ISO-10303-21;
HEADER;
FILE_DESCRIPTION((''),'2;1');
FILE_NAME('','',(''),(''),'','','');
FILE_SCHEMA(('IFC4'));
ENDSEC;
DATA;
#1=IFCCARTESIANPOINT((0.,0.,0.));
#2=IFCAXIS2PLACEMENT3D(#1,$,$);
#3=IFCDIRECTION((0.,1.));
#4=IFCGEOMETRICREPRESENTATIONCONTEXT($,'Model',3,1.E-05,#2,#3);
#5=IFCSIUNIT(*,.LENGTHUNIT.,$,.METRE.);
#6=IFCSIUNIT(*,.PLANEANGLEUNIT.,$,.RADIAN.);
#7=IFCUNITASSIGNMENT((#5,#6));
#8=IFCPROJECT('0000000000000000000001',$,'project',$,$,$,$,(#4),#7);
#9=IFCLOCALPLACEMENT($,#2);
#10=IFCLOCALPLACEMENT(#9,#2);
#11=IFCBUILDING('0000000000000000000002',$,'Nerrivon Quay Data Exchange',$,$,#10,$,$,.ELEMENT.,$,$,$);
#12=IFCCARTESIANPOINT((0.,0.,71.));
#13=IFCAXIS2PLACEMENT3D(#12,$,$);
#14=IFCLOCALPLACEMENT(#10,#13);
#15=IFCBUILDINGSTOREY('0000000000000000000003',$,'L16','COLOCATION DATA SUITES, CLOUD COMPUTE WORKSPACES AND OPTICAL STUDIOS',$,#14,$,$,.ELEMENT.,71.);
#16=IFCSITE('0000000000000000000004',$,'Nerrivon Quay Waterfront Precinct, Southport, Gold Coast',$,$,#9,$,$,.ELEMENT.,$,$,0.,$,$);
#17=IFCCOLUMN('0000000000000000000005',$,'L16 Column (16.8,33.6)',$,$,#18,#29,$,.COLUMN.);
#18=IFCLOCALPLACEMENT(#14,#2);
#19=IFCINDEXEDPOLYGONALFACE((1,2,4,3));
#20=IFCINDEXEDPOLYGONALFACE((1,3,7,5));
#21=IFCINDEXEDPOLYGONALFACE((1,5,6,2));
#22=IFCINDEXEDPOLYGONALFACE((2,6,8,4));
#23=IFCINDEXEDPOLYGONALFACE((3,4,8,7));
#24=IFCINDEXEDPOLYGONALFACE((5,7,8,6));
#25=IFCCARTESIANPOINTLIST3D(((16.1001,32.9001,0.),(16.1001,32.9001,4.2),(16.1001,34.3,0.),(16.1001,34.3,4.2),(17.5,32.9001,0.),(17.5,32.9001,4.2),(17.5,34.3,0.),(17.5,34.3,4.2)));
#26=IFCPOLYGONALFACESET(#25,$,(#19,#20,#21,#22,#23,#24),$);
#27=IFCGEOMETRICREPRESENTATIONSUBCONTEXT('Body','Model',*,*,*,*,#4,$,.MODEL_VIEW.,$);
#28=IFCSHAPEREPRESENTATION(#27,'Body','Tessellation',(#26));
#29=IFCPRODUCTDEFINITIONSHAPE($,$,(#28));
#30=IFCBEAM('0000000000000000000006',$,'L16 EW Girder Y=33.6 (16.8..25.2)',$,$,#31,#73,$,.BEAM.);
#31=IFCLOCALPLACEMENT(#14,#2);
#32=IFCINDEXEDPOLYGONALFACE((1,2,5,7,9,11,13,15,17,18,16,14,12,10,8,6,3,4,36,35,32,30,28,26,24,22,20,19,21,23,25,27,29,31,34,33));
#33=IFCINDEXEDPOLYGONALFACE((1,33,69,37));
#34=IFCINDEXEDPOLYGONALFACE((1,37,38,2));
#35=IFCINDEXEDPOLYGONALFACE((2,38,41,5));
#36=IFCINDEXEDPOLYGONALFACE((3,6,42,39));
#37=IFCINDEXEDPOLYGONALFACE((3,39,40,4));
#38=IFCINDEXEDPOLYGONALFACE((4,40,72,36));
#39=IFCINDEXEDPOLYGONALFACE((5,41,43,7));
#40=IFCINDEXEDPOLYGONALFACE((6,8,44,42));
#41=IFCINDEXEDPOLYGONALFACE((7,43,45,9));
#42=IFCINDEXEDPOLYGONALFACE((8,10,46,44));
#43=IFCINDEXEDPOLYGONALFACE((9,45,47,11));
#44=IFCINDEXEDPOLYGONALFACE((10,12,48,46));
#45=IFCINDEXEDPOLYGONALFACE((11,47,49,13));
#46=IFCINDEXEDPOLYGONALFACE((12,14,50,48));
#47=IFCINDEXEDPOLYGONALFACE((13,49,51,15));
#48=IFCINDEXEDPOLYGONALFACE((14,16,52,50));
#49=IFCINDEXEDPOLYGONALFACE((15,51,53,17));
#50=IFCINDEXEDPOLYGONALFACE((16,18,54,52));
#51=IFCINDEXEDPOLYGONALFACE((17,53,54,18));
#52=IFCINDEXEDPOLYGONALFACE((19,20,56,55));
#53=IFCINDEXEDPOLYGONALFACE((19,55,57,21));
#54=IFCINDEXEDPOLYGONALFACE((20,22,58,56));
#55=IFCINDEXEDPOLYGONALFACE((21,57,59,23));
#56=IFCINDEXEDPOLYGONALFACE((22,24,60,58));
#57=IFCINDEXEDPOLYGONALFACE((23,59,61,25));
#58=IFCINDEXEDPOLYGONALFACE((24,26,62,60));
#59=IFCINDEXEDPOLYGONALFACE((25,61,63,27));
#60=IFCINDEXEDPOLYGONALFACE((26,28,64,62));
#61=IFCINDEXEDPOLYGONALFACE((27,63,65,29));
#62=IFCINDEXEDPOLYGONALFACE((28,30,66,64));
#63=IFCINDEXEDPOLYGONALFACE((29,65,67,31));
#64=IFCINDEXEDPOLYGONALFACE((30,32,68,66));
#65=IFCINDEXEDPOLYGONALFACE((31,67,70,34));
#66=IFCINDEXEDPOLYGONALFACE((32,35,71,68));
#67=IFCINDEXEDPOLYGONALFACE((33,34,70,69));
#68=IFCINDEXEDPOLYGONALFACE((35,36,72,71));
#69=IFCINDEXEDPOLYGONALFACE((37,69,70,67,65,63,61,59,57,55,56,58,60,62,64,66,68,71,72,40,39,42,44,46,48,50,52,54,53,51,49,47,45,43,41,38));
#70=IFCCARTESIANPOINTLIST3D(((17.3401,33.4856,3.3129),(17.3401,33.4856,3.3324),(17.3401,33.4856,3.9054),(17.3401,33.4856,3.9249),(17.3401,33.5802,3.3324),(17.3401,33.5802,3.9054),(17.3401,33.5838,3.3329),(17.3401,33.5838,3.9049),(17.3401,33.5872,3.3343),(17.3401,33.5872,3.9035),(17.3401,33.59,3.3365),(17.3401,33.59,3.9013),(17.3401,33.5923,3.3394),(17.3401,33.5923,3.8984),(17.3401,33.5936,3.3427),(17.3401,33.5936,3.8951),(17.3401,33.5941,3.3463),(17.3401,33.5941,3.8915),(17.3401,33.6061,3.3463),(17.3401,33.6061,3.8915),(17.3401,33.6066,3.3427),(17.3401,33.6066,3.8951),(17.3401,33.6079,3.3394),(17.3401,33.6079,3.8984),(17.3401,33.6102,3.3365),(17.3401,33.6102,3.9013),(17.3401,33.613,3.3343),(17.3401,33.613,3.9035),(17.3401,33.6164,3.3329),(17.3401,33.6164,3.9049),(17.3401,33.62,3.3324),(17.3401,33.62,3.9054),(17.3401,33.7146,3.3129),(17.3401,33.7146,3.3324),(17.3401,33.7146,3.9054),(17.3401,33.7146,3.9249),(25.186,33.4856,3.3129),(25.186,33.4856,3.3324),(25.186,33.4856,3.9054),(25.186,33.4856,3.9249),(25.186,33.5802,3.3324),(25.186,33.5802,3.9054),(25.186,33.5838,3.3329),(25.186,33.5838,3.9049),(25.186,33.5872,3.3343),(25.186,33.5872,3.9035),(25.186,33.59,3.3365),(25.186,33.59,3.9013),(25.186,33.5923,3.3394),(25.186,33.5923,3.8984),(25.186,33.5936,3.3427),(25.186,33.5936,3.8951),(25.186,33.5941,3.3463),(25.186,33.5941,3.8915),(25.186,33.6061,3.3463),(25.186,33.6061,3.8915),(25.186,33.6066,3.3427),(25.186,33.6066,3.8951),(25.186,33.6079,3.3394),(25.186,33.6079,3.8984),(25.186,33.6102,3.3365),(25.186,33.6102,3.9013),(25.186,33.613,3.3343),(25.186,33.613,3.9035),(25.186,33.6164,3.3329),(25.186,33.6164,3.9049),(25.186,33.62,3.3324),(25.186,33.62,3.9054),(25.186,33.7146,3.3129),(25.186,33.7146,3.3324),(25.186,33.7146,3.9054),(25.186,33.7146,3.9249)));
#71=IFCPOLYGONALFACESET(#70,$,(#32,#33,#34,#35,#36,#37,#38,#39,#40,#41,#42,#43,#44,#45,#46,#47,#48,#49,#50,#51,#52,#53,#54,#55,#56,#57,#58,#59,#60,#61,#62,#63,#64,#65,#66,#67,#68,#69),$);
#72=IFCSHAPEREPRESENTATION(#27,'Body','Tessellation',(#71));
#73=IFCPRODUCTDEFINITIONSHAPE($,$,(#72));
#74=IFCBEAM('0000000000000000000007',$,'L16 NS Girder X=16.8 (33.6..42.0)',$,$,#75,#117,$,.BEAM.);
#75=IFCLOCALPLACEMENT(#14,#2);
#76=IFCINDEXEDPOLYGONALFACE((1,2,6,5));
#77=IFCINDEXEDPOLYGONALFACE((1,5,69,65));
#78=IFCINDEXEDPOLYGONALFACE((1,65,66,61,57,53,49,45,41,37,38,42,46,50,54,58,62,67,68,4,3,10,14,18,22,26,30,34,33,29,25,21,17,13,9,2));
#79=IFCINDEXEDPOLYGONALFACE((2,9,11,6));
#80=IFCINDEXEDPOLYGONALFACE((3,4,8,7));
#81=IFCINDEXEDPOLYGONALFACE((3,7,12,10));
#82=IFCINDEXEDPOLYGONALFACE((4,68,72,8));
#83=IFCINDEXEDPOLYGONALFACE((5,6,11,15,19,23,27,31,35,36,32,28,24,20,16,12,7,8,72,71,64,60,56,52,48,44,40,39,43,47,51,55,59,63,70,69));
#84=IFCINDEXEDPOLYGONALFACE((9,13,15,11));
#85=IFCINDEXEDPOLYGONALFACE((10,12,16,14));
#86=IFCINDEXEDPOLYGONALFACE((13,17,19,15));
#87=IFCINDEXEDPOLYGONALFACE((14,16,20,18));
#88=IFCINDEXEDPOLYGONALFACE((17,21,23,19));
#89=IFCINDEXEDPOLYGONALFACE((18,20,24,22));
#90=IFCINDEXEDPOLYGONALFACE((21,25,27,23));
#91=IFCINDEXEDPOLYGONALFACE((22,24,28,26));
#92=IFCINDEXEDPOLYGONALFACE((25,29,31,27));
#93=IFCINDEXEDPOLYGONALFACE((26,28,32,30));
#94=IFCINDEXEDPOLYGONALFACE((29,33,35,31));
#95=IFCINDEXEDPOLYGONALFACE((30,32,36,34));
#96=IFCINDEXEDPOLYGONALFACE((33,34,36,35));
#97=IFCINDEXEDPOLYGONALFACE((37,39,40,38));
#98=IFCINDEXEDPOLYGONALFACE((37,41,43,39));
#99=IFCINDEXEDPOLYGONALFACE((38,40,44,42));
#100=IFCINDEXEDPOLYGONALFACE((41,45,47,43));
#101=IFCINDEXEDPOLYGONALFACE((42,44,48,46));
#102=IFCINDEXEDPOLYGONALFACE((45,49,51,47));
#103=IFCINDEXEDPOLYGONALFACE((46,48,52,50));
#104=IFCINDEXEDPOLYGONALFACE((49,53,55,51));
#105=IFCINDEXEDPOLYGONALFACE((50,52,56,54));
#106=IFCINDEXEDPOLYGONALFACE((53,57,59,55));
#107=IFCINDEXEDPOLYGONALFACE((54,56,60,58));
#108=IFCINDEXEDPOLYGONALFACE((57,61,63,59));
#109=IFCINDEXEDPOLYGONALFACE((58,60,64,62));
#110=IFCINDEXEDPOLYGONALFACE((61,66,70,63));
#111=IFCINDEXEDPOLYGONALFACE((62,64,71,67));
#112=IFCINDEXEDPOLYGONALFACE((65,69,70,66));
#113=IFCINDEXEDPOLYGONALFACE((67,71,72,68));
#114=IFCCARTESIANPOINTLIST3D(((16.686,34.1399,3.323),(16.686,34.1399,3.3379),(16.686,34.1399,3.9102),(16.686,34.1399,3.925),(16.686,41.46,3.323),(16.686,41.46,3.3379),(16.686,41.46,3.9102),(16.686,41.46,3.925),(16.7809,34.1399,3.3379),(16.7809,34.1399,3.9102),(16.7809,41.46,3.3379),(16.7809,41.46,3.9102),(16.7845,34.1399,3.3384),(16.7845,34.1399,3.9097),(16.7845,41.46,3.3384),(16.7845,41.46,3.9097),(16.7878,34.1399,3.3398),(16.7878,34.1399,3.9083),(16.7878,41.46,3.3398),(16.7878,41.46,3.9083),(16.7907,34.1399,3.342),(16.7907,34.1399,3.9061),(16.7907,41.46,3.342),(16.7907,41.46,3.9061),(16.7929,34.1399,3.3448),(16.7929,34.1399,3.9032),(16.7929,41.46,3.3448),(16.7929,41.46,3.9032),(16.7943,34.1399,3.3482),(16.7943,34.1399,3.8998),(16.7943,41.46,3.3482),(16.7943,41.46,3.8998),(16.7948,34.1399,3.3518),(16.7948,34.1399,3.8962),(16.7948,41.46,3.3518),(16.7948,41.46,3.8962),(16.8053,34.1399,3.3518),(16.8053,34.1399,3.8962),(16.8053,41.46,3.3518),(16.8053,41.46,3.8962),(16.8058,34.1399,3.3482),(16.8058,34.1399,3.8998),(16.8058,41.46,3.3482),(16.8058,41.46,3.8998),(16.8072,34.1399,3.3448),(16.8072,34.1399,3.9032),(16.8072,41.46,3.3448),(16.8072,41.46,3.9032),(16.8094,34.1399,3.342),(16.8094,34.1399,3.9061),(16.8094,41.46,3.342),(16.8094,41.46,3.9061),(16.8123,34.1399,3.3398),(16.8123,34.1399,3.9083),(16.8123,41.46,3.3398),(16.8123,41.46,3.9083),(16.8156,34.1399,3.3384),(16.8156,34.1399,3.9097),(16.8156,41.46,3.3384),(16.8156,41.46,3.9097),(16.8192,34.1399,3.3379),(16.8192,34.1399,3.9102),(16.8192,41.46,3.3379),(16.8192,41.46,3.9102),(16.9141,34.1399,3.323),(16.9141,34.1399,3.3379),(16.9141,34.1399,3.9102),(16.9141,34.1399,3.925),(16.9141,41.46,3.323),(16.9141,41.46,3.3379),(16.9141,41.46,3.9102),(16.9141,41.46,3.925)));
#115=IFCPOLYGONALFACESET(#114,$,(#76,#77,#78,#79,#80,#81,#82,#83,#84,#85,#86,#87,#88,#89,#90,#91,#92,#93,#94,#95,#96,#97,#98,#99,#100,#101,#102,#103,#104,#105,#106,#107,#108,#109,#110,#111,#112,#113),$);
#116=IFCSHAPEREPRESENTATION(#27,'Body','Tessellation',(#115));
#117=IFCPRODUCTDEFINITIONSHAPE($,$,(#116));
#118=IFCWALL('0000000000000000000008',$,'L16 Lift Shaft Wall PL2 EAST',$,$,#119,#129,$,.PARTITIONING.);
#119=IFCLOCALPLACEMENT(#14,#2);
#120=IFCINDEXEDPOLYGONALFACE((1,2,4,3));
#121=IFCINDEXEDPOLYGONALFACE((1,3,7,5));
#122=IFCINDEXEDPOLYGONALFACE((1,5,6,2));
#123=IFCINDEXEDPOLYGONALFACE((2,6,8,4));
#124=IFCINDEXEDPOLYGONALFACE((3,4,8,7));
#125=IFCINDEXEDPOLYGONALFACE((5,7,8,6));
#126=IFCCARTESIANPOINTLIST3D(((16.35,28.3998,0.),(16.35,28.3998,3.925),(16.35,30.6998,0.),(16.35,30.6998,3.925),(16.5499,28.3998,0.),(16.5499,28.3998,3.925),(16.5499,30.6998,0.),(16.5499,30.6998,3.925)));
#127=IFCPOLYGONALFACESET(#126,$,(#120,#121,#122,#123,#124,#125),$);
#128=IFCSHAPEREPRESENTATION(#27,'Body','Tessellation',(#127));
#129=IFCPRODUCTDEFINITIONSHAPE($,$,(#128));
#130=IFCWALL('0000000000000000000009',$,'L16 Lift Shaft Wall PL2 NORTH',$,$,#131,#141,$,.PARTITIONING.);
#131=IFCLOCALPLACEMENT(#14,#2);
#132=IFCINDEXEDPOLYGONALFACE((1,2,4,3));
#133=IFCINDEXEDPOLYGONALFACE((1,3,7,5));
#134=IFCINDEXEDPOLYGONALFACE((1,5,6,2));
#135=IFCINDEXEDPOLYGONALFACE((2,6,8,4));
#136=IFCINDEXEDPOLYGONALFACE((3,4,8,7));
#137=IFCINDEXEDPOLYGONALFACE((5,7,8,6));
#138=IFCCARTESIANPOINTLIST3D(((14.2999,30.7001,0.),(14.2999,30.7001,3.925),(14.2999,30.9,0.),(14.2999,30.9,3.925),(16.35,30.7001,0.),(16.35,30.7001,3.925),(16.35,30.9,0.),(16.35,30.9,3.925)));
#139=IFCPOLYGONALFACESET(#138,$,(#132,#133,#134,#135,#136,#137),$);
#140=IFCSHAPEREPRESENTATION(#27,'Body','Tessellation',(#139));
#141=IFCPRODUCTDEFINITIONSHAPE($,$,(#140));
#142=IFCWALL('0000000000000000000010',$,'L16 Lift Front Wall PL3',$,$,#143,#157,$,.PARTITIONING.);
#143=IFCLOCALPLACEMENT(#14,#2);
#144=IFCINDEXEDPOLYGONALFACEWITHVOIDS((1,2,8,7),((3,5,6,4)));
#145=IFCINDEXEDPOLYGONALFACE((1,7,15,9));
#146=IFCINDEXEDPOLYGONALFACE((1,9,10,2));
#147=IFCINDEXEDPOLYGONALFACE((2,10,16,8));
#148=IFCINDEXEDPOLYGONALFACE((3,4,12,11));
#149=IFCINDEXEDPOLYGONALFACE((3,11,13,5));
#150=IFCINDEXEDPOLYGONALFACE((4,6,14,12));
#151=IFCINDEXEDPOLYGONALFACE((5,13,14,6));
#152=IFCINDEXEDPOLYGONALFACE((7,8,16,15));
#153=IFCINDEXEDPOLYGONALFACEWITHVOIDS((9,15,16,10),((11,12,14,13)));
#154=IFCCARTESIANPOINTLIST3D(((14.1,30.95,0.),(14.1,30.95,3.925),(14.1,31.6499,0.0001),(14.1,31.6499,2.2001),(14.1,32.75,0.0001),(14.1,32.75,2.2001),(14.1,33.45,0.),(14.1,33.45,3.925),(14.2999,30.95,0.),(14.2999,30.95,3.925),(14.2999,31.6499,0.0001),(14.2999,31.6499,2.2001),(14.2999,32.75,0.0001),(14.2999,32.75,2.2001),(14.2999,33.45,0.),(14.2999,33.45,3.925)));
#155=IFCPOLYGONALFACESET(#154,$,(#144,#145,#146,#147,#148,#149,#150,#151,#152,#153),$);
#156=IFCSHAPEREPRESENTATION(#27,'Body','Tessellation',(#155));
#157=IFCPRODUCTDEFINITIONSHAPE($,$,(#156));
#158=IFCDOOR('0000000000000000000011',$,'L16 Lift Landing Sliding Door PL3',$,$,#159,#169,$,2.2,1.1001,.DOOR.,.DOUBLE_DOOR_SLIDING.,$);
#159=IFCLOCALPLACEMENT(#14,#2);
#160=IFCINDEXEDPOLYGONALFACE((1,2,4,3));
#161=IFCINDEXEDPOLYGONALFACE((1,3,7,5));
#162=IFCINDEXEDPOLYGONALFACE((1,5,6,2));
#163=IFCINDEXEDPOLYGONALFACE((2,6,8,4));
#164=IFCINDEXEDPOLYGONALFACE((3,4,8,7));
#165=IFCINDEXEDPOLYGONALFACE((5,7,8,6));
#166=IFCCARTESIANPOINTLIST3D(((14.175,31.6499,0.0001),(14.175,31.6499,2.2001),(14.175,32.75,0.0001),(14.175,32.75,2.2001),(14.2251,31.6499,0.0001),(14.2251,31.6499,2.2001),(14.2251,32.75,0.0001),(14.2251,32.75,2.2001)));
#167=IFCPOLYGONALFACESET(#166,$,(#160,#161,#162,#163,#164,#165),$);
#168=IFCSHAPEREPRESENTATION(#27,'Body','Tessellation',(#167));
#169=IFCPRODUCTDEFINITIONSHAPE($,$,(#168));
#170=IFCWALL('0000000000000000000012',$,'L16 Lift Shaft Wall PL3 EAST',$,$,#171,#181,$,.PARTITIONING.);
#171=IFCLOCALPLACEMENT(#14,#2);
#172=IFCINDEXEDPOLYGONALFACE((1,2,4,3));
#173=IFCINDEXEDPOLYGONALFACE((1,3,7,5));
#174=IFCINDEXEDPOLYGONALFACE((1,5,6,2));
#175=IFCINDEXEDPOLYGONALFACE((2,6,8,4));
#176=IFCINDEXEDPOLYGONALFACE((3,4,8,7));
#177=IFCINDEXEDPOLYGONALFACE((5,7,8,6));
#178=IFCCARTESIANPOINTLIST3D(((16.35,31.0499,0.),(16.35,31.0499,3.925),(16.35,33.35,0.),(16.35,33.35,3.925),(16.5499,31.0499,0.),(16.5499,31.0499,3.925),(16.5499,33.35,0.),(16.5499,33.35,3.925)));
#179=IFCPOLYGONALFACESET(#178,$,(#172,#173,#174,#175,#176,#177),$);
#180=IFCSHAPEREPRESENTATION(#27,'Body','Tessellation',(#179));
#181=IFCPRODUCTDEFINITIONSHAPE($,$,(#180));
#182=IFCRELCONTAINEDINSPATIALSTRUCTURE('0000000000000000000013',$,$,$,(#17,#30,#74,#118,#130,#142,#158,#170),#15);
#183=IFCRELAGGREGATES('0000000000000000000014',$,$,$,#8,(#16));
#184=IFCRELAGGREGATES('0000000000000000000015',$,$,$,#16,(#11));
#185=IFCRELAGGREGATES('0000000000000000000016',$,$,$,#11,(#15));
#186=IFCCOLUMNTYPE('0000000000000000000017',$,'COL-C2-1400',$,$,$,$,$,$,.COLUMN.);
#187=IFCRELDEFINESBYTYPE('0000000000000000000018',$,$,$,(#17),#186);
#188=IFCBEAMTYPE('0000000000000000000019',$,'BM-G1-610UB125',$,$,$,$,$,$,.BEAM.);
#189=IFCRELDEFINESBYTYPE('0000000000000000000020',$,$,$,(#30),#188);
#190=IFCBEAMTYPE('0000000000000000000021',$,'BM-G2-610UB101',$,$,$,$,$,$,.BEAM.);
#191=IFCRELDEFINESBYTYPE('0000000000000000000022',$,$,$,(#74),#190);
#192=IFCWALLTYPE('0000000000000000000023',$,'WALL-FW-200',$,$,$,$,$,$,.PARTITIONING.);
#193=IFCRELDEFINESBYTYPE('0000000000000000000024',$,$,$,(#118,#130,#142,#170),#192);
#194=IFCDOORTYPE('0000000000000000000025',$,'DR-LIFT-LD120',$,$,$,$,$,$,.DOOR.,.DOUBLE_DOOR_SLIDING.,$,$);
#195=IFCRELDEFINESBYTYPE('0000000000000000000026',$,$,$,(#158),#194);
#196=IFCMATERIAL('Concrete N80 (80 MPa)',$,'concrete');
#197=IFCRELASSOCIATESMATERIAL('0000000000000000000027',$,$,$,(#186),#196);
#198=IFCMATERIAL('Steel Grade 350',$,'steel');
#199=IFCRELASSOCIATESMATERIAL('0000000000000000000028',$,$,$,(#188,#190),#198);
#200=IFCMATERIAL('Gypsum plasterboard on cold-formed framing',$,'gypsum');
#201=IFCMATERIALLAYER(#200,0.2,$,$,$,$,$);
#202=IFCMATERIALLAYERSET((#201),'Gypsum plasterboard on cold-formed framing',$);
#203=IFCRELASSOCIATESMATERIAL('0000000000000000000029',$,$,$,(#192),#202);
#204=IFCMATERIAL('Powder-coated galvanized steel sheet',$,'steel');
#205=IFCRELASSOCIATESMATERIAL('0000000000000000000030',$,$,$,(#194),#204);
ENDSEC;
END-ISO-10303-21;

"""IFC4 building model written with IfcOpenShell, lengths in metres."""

from ifc_helpers import new_model, si_unit, direction, frame, frame_2d, origin, origin_2d, place, context, subcontext, project, spatial, rectangle, i_section, extrude, material, layer, layer_set, material_profile, profile_set, type_object, element, fill, save


model = new_model("IFC4")

# Units and contexts
model_context = context("Model", 3, precision=1e-05, world=origin(), true_north=direction((0.0, 1.0)))
body_context = subcontext(model_context, "Body", "Model", "MODEL_VIEW")
ifc_project = project(units=[si_unit("LENGTHUNIT", "METRE"), si_unit("PLANEANGLEUNIT", "RADIAN")], contexts=[model_context])

# Site, building, storey
site_placement = place(None, origin())
site = spatial("IfcSite", under=ifc_project, at=site_placement, Name="Nerrivon Quay Waterfront Precinct, Southport, Gold Coast", CompositionType="ELEMENT", RefElevation=0.0)
building_placement = place(site_placement, origin())
building = spatial("IfcBuilding", under=site, at=building_placement, Name="Nerrivon Quay Data Exchange", CompositionType="ELEMENT")
storey_placement = place(building_placement, frame((0.0, 0.0, 71.0)))
storey = spatial("IfcBuildingStorey", under=building, at=storey_placement, Name="L16", Description="COLOCATION DATA SUITES, CLOUD COMPUTE WORKSPACES AND OPTICAL STUDIOS", CompositionType="ELEMENT", Elevation=71.0)

# Column
ifc_material_1 = material(Name="Concrete N80 (80 MPa)", Category="concrete")
ifc_material_profile_1 = material_profile(ifc_material_1, rectangle(XDim=1.3999, YDim=1.3999, at=origin_2d()), Name="RC-COL-1400x1400")
ifc_profile_set_1 = profile_set([ifc_material_profile_1], Name="Concrete N80 (80 MPa)")
column_type = type_object("IfcColumnType", Name="COL-C2-1400", PredefinedType="COLUMN", material=ifc_profile_set_1)
column_placement = place(storey_placement, frame((16.8, 33.6001, 0.0), z_axis=(0.0, 0.0, 1.0), x_axis=(1.0, 0.0, 0.0)))
element("IfcColumn", 1, at=column_placement, inside=storey, type_object=column_type, Name="L16 Column (16.8,33.6)", PredefinedType="COLUMN", context=body_context, shape_type="SweptSolid", body=[
    extrude(rectangle(XDim=1.3999, YDim=1.3999, at=origin_2d()), origin(), (0.0, 0.0, 1.0), 4.2),
])

# Beams
ifc_material_2 = material(Name="Steel Grade 350", Category="steel")
ifc_material_profile_2 = material_profile(ifc_material_2, i_section(OverallWidth=0.229, OverallDepth=0.6121, WebThickness=0.012, FlangeThickness=0.0195, FilletRadius=0.0139, at=origin_2d()), Name="610UB125")
ifc_profile_set_2 = profile_set([ifc_material_profile_2], Name="Steel Grade 350")
beam_type_1 = type_object("IfcBeamType", Name="BM-G1-610UB125", PredefinedType="BEAM", material=ifc_profile_set_2)
beam_1_placement = place(storey_placement, frame((17.3401, 33.6001, 3.6189), z_axis=(1.0, 0.0, 0.0), x_axis=(0.0, 1.0, 0.0)))
element("IfcBeam", 2, at=beam_1_placement, inside=storey, type_object=beam_type_1, Name="L16 EW Girder Y=33.6 (16.8..25.2)", PredefinedType="BEAM", context=body_context, shape_type="SweptSolid", body=[
    extrude(i_section(OverallWidth=0.229, OverallDepth=0.6121, WebThickness=0.012, FlangeThickness=0.0195, FilletRadius=0.0139, at=origin_2d()), origin(), (0.0, 0.0, 1.0), 7.8459),
])
ifc_material_profile_3 = material_profile(ifc_material_2, i_section(OverallWidth=0.228, OverallDepth=0.6021, WebThickness=0.0105, FlangeThickness=0.0149, FilletRadius=0.0139, at=origin_2d()), Name="610UB101")
ifc_profile_set_3 = profile_set([ifc_material_profile_3], Name="Steel Grade 350")
beam_type_2 = type_object("IfcBeamType", Name="BM-G2-610UB101", PredefinedType="BEAM", material=ifc_profile_set_3)
beam_2_placement = place(storey_placement, frame((16.8, 34.1399, 3.624), z_axis=(0.0, 1.0, 0.0), x_axis=(-1.0, 0.0, 0.0)))
element("IfcBeam", 3, at=beam_2_placement, inside=storey, type_object=beam_type_2, Name="L16 NS Girder X=16.8 (33.6..42.0)", PredefinedType="BEAM", context=body_context, shape_type="SweptSolid", body=[
    extrude(i_section(OverallWidth=0.228, OverallDepth=0.6021, WebThickness=0.0105, FlangeThickness=0.0149, FilletRadius=0.0139, at=origin_2d()), origin(), (0.0, 0.0, 1.0), 7.3201),
])

# Walls
ifc_material_3 = material(Name="Gypsum plasterboard on cold-formed framing", Category="gypsum")
ifc_layer_1 = layer(ifc_material_3, 0.2)
ifc_layer_set_1 = layer_set([ifc_layer_1], Name="Gypsum plasterboard on cold-formed framing")
wall_type_1 = type_object("IfcWallType", Name="WALL-FW-200", PredefinedType="PARTITIONING", material=ifc_layer_set_1)
wall_1_placement = place(storey_placement, frame((16.45, 28.3999, 0.0), z_axis=(0.0, 0.0, 1.0), x_axis=(0.0, 1.0, 0.0)))
element("IfcWall", 4, at=wall_1_placement, inside=storey, type_object=wall_type_1, Name="L16 Lift Shaft Wall PL2 EAST", PredefinedType="PARTITIONING", context=body_context, shape_type="SweptSolid", body=[
    extrude(rectangle(XDim=2.3, YDim=0.2, at=frame_2d((1.1499, 0.0))), origin(), (0.0, 0.0, 1.0), 3.925),
])
wall_2_placement = place(storey_placement, frame((14.3, 30.8, 0.0), z_axis=(0.0, 0.0, 1.0), x_axis=(1.0, 0.0, 0.0)))
element("IfcWall", 5, at=wall_2_placement, inside=storey, type_object=wall_type_1, Name="L16 Lift Shaft Wall PL2 NORTH", PredefinedType="PARTITIONING", context=body_context, shape_type="SweptSolid", body=[
    extrude(rectangle(XDim=2.05, YDim=0.2, at=frame_2d((1.0249, 0.0))), origin(), (0.0, 0.0, 1.0), 3.925),
])

# Wall, opening, door
wall_3_placement = place(storey_placement, frame((14.2, 30.95, 0.0), z_axis=(0.0, 0.0, 1.0), x_axis=(0.0, 1.0, 0.0)))
wall_3 = element("IfcWall", 6, at=wall_3_placement, inside=storey, type_object=wall_type_1, Name="L16 Lift Front Wall PL3", PredefinedType="PARTITIONING", context=body_context, shape_type="SweptSolid", body=[
    extrude(rectangle(XDim=2.5, YDim=0.2, at=frame_2d((1.25, 0.0))), origin(), (0.0, 0.0, 1.0), 3.925),
])
opening_1_placement = place(wall_3_placement, frame((0.7, 0.0, 0.0)))
opening_1 = element("IfcOpeningElement", 7, at=opening_1_placement, cuts=wall_3, PredefinedType="OPENING", context=body_context, shape_type="SweptSolid", body=[
    extrude(rectangle(XDim=1.1001, YDim=2.2, at=frame_2d((0.55, 1.1001))), frame((0.0, 0.1099, 0.0), z_axis=(0.0, -1.0, 0.0), x_axis=(1.0, 0.0, 0.0)), (0.0, 0.0, 1.0), 0.22),
])
ifc_material_4 = material(Name="Powder-coated galvanized steel sheet", Category="steel")
door_type_1 = type_object("IfcDoorType", Name="DR-LIFT-LD120", OperationType="DOUBLE_DOOR_SLIDING", PredefinedType="DOOR", material=ifc_material_4)
door_1_placement = place(opening_1_placement, origin())
door_1 = element("IfcDoor", 8, at=door_1_placement, inside=storey, type_object=door_type_1, Name="L16 Lift Landing Sliding Door PL3", OperationType="DOUBLE_DOOR_SLIDING", OverallHeight=2.2, OverallWidth=1.1001, PredefinedType="DOOR", context=body_context, shape_type="SweptSolid", body=[
    extrude(rectangle(XDim=1.1001, YDim=2.2, at=frame_2d((0.55, 1.1001))), frame((0.0, 0.0249, 0.0), z_axis=(0.0, -1.0, 0.0), x_axis=(1.0, 0.0, 0.0)), (0.0, 0.0, 1.0), 0.05),
])
fill(opening_1, door_1)

# Wall
wall_4_placement = place(storey_placement, frame((16.45, 31.05, 0.0), z_axis=(0.0, 0.0, 1.0), x_axis=(0.0, 1.0, 0.0)))
element("IfcWall", 9, at=wall_4_placement, inside=storey, type_object=wall_type_1, Name="L16 Lift Shaft Wall PL3 EAST", PredefinedType="PARTITIONING", context=body_context, shape_type="SweptSolid", body=[
    extrude(rectangle(XDim=2.3, YDim=0.2, at=frame_2d((1.1499, 0.0))), origin(), (0.0, 0.0, 1.0), 3.925),
])

save(model, "model.ifc")
